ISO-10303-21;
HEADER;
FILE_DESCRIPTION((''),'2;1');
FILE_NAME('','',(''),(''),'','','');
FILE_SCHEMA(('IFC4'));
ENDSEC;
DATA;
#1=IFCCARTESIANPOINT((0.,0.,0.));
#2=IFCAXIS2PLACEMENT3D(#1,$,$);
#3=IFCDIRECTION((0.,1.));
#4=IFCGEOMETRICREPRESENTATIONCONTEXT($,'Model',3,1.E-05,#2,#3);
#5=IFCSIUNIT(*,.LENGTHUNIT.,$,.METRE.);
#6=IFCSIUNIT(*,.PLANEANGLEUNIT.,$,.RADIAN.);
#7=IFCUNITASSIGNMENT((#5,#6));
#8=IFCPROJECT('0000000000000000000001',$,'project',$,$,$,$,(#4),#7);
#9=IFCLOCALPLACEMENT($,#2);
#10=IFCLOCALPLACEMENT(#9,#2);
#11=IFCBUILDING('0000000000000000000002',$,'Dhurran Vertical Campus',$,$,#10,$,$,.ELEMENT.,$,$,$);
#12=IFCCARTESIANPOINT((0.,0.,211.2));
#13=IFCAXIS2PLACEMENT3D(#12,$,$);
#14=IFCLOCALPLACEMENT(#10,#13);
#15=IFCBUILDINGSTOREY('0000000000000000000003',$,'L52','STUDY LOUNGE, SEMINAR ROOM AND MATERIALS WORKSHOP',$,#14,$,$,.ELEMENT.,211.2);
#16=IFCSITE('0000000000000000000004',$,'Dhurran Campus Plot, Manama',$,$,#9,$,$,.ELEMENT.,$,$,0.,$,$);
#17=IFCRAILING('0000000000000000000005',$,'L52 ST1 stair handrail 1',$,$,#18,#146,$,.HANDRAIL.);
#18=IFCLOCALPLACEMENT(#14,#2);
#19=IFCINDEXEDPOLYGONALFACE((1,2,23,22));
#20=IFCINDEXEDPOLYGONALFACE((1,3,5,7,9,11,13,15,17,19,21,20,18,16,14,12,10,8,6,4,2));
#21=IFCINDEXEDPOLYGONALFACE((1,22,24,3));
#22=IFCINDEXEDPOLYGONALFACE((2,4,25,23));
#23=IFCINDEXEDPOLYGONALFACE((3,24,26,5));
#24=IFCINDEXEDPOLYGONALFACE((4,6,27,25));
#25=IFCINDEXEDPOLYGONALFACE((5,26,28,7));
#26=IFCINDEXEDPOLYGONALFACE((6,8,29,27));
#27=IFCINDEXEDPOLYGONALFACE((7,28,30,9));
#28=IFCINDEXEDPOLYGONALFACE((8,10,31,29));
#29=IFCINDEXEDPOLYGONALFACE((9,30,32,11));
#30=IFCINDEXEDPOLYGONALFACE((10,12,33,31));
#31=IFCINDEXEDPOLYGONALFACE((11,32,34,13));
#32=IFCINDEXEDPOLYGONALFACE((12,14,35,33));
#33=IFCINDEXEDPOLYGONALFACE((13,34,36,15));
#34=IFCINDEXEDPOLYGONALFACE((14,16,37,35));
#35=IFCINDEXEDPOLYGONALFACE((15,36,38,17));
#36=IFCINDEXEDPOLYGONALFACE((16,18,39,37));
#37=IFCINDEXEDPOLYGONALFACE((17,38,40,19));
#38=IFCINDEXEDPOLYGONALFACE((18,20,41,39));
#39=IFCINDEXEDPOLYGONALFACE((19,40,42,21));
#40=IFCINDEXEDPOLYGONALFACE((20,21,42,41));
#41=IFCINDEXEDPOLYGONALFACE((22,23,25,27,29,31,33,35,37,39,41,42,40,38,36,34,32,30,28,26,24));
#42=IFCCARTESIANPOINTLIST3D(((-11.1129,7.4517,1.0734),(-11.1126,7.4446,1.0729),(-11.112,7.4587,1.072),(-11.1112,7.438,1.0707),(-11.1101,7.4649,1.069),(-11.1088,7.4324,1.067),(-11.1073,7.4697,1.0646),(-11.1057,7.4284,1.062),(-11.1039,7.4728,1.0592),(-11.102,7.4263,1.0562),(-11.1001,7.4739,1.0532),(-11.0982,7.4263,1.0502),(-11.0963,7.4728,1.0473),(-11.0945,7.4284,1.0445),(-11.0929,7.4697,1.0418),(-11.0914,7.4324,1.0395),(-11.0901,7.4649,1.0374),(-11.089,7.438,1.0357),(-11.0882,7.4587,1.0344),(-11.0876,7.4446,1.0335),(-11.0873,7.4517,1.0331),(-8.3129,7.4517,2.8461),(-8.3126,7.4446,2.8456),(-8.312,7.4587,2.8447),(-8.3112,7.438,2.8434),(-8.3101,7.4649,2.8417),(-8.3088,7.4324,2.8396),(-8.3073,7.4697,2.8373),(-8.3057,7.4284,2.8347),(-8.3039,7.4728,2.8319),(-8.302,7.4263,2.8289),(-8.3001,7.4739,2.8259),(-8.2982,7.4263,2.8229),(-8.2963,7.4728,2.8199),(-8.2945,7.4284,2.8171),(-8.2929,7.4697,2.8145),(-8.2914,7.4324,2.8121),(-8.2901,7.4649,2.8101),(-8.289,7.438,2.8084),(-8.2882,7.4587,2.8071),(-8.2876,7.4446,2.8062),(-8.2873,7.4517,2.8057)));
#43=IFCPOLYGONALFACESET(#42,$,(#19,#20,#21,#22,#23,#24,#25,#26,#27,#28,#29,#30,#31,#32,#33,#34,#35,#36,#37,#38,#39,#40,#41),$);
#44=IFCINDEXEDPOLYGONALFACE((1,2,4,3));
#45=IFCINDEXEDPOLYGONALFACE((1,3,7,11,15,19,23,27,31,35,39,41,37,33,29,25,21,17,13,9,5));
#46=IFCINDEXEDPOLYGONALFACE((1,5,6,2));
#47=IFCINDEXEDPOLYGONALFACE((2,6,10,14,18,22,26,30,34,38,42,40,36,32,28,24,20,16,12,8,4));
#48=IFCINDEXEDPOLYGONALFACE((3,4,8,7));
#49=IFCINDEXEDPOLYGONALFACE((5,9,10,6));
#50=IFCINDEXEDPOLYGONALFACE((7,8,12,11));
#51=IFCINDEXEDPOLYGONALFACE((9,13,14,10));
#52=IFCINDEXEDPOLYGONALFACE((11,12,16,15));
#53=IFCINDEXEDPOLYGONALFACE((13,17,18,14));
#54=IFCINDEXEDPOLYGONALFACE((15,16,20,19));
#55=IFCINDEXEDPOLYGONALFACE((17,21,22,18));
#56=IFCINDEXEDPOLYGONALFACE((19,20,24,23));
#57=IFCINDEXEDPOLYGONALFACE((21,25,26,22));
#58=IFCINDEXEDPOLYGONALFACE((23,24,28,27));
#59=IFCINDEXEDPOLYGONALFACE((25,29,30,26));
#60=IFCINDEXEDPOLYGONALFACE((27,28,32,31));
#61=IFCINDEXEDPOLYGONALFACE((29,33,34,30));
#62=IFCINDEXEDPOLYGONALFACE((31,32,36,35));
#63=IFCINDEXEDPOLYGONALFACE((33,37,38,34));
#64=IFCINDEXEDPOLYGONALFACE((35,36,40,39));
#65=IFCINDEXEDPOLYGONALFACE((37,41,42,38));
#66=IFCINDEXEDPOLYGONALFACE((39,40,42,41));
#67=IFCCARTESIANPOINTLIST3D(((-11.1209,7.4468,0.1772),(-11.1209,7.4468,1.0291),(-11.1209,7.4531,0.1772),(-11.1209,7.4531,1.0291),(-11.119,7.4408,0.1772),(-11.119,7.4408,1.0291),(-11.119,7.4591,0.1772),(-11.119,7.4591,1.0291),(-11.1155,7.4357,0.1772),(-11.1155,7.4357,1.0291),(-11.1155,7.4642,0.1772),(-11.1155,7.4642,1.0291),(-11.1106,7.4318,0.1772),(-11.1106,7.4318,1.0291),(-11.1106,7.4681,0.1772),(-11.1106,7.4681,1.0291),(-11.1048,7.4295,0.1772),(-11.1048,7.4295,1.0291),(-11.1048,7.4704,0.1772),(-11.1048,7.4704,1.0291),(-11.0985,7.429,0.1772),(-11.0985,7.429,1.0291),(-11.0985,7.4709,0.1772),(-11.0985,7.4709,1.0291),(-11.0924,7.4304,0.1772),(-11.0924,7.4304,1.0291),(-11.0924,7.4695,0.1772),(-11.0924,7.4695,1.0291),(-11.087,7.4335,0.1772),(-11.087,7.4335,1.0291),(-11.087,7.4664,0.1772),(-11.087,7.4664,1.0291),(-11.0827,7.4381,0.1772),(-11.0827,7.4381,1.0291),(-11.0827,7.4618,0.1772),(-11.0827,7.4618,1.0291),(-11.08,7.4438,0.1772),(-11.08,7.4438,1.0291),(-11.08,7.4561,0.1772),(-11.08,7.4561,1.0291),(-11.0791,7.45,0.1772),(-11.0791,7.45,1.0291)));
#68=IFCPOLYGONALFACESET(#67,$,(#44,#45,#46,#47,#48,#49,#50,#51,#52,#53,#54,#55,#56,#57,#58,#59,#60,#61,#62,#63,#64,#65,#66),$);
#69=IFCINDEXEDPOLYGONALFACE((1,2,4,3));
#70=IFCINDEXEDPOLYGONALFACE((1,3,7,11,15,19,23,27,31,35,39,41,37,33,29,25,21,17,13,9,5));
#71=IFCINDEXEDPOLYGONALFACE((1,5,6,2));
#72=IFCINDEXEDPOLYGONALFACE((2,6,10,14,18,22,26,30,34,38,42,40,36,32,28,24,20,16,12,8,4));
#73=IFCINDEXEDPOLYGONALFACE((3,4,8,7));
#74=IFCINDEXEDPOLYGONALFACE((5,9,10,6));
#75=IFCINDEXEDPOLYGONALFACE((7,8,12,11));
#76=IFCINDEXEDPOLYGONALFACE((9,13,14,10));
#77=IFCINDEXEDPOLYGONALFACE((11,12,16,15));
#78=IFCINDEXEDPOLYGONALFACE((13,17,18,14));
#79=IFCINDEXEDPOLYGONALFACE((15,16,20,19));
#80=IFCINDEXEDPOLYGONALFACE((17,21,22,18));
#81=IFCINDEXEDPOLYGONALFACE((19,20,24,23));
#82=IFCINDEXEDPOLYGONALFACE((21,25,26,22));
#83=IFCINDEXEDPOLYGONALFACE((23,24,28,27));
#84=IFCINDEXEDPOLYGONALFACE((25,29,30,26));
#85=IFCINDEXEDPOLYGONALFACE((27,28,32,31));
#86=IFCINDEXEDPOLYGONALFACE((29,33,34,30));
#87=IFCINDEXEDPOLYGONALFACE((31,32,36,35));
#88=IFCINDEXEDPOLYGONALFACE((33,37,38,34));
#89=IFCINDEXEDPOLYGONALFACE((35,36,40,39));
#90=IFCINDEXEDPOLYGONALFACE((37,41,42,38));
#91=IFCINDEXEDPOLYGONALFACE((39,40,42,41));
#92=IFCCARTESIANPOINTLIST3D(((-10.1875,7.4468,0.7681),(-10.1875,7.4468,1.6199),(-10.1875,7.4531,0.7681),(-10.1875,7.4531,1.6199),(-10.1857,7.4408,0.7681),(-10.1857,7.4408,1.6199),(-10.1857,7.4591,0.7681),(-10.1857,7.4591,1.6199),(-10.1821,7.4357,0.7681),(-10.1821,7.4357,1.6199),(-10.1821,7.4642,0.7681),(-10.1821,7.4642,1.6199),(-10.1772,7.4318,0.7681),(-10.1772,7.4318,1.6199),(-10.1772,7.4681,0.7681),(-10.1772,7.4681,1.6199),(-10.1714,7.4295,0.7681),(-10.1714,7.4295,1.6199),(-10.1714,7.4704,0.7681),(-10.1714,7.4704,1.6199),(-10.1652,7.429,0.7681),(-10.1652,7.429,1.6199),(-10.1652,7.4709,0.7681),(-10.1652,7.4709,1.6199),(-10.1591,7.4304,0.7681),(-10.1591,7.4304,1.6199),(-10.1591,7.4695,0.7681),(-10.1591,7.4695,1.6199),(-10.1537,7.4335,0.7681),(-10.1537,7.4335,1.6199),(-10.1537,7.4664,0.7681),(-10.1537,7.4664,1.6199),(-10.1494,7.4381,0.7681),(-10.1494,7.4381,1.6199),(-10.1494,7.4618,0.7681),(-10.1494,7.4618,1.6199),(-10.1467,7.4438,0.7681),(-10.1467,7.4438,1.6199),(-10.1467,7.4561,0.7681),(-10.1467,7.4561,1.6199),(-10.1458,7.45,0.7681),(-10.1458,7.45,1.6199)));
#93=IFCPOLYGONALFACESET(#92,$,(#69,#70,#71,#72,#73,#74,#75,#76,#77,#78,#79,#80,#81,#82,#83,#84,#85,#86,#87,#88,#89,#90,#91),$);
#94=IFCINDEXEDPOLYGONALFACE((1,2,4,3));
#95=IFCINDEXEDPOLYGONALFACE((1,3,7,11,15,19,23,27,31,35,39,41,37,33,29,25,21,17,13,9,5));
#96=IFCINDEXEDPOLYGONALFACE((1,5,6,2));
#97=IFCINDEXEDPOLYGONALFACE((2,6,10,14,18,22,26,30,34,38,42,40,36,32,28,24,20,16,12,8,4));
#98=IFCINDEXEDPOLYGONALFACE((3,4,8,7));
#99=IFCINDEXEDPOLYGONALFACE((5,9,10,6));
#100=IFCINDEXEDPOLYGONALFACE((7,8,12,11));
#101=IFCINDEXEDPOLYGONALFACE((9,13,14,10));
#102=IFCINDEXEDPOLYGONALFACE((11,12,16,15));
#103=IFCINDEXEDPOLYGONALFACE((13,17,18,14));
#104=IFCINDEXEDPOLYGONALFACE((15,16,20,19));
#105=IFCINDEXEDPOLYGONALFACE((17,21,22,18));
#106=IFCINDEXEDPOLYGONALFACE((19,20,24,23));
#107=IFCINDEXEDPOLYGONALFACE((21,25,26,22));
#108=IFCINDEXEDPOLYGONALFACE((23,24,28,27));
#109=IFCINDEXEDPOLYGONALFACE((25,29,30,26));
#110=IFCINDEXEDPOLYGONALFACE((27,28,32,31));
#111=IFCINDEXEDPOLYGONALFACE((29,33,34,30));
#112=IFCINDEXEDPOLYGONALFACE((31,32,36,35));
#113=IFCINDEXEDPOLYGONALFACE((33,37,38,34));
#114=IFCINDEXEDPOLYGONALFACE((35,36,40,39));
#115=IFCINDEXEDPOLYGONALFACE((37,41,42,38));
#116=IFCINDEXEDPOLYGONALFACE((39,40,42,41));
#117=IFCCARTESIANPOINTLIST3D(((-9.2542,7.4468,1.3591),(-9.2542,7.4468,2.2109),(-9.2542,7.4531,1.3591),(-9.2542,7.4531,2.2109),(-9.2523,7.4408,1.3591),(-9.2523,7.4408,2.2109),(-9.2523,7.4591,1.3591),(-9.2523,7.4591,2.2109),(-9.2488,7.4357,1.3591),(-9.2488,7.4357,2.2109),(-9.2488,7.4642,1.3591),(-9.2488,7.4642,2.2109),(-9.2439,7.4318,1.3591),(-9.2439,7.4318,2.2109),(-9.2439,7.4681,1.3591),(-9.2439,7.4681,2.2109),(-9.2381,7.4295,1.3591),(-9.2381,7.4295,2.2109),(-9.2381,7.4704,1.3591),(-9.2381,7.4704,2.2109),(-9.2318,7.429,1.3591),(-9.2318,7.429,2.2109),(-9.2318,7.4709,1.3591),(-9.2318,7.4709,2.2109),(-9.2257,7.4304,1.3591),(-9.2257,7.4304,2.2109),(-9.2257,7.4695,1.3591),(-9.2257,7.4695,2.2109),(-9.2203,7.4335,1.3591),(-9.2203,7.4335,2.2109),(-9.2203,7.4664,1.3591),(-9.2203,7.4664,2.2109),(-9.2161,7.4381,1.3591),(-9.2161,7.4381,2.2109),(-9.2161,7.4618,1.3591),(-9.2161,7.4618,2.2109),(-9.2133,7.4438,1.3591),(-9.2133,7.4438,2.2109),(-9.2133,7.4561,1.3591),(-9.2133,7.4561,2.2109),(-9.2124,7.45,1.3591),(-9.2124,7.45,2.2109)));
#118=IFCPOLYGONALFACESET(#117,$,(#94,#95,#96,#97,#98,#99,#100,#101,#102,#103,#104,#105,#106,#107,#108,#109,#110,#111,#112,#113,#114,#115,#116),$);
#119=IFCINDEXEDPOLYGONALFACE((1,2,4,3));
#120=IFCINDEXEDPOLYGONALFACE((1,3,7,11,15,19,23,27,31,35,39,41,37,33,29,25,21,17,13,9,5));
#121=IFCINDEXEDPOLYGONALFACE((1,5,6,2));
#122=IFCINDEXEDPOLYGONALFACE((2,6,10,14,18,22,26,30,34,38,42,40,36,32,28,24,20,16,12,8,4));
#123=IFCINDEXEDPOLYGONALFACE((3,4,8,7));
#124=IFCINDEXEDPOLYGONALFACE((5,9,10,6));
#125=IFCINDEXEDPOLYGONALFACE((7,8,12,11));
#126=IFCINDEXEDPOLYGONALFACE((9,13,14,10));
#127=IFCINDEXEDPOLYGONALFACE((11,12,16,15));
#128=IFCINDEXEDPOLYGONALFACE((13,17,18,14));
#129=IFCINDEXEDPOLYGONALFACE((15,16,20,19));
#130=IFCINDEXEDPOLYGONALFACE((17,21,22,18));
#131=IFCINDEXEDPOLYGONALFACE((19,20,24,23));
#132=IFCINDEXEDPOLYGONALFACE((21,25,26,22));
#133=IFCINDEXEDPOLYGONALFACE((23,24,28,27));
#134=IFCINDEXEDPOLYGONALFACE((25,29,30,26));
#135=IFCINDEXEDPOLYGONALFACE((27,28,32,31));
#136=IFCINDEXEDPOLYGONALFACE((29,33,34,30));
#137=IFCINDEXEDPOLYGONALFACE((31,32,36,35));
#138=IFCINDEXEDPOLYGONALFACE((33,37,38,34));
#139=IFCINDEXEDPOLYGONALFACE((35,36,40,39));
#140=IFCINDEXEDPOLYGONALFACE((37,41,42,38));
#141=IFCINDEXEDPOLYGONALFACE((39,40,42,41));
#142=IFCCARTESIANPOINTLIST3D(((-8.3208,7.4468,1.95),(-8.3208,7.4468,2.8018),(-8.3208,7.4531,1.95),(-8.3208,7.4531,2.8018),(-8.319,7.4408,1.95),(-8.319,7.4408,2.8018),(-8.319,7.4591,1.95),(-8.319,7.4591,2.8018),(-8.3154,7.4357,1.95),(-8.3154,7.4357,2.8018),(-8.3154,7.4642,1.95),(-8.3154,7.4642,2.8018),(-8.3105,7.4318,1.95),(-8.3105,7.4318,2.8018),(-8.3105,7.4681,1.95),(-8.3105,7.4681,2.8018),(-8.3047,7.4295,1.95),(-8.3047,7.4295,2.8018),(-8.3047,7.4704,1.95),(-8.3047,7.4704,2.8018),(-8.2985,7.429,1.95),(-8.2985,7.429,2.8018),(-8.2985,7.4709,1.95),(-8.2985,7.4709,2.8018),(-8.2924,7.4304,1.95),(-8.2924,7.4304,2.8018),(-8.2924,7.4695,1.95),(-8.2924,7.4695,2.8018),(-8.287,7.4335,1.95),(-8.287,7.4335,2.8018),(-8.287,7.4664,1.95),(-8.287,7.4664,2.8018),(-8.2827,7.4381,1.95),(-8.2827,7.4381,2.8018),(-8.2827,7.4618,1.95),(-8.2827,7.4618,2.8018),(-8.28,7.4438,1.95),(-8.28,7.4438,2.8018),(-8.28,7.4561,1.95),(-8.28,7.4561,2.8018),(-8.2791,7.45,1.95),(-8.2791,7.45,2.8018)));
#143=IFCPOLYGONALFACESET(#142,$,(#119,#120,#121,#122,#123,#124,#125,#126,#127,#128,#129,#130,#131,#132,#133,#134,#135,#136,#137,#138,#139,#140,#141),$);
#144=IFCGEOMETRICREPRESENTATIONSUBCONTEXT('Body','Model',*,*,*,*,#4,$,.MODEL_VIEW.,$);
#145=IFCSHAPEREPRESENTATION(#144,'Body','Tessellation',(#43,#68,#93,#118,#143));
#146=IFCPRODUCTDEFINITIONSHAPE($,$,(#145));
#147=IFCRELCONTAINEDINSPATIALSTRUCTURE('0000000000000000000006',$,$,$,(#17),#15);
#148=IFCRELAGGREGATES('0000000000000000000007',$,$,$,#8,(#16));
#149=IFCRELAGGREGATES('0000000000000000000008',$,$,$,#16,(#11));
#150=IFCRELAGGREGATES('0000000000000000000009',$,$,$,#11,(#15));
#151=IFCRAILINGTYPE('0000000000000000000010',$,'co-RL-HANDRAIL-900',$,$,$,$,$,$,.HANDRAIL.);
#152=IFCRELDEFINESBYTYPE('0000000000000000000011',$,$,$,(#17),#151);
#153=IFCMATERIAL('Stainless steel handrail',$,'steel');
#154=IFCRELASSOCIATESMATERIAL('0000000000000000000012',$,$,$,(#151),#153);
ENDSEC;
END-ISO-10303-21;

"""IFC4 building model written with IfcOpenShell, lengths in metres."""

from ifc_helpers import new_model, si_unit, direction, frame, origin, origin_2d, place, context, subcontext, project, spatial, circle, extrude, material, type_object, element, save


model = new_model("IFC4")

# Units and contexts
model_context = context("Model", 3, precision=1e-05, world=origin(), true_north=direction((0.0, 1.0)))
body_context = subcontext(model_context, "Body", "Model", "MODEL_VIEW")
ifc_project = project(units=[si_unit("LENGTHUNIT", "METRE"), si_unit("PLANEANGLEUNIT", "RADIAN")], contexts=[model_context])

# Site, building, storey
site_placement = place(None, origin())
site = spatial("IfcSite", under=ifc_project, at=site_placement, Name="Dhurran Campus Plot, Manama", CompositionType="ELEMENT", RefElevation=0.0)
building_placement = place(site_placement, origin())
building = spatial("IfcBuilding", under=site, at=building_placement, Name="Dhurran Vertical Campus", CompositionType="ELEMENT")
storey_placement = place(building_placement, frame((0.0, 0.0, 211.2)))
storey = spatial("IfcBuildingStorey", under=building, at=storey_placement, Name="L52", Description="STUDY LOUNGE, SEMINAR ROOM AND MATERIALS WORKSHOP", CompositionType="ELEMENT", Elevation=211.2)

# Railing
ifc_material_1 = material(Name="Stainless steel handrail", Category="steel")
railing_type_1 = type_object("IfcRailingType", Name="co-RL-HANDRAIL-900", PredefinedType="HANDRAIL", material=ifc_material_1)
railing_1_placement = place(storey_placement, frame((-11.1001, 7.45, 0.1772)))
element("IfcRailing", 1, at=railing_1_placement, inside=storey, type_object=railing_type_1, Name="L52 ST1 stair handrail 1", PredefinedType="HANDRAIL", context=body_context, shape_type="SweptSolid", body=[
    extrude(circle(Radius=0.0239, at=origin_2d()), frame((0.0, 0.0, 0.876), z_axis=(0.844909, 0.0, 0.53491), x_axis=(0.0, 1.0, 0.0)), (0.0, 0.0, 1.0), 3.314),
    extrude(circle(Radius=0.021, at=origin_2d()), origin(), (0.0, 0.0, 1.0), 0.8518),
    extrude(circle(Radius=0.021, at=origin_2d()), frame((0.9333, 0.0, 0.5908)), (0.0, 0.0, 1.0), 0.8518),
    extrude(circle(Radius=0.021, at=origin_2d()), frame((1.8667, 0.0, 1.1819)), (0.0, 0.0, 1.0), 0.8518),
    extrude(circle(Radius=0.021, at=origin_2d()), frame((2.8, 0.0, 1.7727)), (0.0, 0.0, 1.0), 0.8518),
])

save(model, "model.ifc")
